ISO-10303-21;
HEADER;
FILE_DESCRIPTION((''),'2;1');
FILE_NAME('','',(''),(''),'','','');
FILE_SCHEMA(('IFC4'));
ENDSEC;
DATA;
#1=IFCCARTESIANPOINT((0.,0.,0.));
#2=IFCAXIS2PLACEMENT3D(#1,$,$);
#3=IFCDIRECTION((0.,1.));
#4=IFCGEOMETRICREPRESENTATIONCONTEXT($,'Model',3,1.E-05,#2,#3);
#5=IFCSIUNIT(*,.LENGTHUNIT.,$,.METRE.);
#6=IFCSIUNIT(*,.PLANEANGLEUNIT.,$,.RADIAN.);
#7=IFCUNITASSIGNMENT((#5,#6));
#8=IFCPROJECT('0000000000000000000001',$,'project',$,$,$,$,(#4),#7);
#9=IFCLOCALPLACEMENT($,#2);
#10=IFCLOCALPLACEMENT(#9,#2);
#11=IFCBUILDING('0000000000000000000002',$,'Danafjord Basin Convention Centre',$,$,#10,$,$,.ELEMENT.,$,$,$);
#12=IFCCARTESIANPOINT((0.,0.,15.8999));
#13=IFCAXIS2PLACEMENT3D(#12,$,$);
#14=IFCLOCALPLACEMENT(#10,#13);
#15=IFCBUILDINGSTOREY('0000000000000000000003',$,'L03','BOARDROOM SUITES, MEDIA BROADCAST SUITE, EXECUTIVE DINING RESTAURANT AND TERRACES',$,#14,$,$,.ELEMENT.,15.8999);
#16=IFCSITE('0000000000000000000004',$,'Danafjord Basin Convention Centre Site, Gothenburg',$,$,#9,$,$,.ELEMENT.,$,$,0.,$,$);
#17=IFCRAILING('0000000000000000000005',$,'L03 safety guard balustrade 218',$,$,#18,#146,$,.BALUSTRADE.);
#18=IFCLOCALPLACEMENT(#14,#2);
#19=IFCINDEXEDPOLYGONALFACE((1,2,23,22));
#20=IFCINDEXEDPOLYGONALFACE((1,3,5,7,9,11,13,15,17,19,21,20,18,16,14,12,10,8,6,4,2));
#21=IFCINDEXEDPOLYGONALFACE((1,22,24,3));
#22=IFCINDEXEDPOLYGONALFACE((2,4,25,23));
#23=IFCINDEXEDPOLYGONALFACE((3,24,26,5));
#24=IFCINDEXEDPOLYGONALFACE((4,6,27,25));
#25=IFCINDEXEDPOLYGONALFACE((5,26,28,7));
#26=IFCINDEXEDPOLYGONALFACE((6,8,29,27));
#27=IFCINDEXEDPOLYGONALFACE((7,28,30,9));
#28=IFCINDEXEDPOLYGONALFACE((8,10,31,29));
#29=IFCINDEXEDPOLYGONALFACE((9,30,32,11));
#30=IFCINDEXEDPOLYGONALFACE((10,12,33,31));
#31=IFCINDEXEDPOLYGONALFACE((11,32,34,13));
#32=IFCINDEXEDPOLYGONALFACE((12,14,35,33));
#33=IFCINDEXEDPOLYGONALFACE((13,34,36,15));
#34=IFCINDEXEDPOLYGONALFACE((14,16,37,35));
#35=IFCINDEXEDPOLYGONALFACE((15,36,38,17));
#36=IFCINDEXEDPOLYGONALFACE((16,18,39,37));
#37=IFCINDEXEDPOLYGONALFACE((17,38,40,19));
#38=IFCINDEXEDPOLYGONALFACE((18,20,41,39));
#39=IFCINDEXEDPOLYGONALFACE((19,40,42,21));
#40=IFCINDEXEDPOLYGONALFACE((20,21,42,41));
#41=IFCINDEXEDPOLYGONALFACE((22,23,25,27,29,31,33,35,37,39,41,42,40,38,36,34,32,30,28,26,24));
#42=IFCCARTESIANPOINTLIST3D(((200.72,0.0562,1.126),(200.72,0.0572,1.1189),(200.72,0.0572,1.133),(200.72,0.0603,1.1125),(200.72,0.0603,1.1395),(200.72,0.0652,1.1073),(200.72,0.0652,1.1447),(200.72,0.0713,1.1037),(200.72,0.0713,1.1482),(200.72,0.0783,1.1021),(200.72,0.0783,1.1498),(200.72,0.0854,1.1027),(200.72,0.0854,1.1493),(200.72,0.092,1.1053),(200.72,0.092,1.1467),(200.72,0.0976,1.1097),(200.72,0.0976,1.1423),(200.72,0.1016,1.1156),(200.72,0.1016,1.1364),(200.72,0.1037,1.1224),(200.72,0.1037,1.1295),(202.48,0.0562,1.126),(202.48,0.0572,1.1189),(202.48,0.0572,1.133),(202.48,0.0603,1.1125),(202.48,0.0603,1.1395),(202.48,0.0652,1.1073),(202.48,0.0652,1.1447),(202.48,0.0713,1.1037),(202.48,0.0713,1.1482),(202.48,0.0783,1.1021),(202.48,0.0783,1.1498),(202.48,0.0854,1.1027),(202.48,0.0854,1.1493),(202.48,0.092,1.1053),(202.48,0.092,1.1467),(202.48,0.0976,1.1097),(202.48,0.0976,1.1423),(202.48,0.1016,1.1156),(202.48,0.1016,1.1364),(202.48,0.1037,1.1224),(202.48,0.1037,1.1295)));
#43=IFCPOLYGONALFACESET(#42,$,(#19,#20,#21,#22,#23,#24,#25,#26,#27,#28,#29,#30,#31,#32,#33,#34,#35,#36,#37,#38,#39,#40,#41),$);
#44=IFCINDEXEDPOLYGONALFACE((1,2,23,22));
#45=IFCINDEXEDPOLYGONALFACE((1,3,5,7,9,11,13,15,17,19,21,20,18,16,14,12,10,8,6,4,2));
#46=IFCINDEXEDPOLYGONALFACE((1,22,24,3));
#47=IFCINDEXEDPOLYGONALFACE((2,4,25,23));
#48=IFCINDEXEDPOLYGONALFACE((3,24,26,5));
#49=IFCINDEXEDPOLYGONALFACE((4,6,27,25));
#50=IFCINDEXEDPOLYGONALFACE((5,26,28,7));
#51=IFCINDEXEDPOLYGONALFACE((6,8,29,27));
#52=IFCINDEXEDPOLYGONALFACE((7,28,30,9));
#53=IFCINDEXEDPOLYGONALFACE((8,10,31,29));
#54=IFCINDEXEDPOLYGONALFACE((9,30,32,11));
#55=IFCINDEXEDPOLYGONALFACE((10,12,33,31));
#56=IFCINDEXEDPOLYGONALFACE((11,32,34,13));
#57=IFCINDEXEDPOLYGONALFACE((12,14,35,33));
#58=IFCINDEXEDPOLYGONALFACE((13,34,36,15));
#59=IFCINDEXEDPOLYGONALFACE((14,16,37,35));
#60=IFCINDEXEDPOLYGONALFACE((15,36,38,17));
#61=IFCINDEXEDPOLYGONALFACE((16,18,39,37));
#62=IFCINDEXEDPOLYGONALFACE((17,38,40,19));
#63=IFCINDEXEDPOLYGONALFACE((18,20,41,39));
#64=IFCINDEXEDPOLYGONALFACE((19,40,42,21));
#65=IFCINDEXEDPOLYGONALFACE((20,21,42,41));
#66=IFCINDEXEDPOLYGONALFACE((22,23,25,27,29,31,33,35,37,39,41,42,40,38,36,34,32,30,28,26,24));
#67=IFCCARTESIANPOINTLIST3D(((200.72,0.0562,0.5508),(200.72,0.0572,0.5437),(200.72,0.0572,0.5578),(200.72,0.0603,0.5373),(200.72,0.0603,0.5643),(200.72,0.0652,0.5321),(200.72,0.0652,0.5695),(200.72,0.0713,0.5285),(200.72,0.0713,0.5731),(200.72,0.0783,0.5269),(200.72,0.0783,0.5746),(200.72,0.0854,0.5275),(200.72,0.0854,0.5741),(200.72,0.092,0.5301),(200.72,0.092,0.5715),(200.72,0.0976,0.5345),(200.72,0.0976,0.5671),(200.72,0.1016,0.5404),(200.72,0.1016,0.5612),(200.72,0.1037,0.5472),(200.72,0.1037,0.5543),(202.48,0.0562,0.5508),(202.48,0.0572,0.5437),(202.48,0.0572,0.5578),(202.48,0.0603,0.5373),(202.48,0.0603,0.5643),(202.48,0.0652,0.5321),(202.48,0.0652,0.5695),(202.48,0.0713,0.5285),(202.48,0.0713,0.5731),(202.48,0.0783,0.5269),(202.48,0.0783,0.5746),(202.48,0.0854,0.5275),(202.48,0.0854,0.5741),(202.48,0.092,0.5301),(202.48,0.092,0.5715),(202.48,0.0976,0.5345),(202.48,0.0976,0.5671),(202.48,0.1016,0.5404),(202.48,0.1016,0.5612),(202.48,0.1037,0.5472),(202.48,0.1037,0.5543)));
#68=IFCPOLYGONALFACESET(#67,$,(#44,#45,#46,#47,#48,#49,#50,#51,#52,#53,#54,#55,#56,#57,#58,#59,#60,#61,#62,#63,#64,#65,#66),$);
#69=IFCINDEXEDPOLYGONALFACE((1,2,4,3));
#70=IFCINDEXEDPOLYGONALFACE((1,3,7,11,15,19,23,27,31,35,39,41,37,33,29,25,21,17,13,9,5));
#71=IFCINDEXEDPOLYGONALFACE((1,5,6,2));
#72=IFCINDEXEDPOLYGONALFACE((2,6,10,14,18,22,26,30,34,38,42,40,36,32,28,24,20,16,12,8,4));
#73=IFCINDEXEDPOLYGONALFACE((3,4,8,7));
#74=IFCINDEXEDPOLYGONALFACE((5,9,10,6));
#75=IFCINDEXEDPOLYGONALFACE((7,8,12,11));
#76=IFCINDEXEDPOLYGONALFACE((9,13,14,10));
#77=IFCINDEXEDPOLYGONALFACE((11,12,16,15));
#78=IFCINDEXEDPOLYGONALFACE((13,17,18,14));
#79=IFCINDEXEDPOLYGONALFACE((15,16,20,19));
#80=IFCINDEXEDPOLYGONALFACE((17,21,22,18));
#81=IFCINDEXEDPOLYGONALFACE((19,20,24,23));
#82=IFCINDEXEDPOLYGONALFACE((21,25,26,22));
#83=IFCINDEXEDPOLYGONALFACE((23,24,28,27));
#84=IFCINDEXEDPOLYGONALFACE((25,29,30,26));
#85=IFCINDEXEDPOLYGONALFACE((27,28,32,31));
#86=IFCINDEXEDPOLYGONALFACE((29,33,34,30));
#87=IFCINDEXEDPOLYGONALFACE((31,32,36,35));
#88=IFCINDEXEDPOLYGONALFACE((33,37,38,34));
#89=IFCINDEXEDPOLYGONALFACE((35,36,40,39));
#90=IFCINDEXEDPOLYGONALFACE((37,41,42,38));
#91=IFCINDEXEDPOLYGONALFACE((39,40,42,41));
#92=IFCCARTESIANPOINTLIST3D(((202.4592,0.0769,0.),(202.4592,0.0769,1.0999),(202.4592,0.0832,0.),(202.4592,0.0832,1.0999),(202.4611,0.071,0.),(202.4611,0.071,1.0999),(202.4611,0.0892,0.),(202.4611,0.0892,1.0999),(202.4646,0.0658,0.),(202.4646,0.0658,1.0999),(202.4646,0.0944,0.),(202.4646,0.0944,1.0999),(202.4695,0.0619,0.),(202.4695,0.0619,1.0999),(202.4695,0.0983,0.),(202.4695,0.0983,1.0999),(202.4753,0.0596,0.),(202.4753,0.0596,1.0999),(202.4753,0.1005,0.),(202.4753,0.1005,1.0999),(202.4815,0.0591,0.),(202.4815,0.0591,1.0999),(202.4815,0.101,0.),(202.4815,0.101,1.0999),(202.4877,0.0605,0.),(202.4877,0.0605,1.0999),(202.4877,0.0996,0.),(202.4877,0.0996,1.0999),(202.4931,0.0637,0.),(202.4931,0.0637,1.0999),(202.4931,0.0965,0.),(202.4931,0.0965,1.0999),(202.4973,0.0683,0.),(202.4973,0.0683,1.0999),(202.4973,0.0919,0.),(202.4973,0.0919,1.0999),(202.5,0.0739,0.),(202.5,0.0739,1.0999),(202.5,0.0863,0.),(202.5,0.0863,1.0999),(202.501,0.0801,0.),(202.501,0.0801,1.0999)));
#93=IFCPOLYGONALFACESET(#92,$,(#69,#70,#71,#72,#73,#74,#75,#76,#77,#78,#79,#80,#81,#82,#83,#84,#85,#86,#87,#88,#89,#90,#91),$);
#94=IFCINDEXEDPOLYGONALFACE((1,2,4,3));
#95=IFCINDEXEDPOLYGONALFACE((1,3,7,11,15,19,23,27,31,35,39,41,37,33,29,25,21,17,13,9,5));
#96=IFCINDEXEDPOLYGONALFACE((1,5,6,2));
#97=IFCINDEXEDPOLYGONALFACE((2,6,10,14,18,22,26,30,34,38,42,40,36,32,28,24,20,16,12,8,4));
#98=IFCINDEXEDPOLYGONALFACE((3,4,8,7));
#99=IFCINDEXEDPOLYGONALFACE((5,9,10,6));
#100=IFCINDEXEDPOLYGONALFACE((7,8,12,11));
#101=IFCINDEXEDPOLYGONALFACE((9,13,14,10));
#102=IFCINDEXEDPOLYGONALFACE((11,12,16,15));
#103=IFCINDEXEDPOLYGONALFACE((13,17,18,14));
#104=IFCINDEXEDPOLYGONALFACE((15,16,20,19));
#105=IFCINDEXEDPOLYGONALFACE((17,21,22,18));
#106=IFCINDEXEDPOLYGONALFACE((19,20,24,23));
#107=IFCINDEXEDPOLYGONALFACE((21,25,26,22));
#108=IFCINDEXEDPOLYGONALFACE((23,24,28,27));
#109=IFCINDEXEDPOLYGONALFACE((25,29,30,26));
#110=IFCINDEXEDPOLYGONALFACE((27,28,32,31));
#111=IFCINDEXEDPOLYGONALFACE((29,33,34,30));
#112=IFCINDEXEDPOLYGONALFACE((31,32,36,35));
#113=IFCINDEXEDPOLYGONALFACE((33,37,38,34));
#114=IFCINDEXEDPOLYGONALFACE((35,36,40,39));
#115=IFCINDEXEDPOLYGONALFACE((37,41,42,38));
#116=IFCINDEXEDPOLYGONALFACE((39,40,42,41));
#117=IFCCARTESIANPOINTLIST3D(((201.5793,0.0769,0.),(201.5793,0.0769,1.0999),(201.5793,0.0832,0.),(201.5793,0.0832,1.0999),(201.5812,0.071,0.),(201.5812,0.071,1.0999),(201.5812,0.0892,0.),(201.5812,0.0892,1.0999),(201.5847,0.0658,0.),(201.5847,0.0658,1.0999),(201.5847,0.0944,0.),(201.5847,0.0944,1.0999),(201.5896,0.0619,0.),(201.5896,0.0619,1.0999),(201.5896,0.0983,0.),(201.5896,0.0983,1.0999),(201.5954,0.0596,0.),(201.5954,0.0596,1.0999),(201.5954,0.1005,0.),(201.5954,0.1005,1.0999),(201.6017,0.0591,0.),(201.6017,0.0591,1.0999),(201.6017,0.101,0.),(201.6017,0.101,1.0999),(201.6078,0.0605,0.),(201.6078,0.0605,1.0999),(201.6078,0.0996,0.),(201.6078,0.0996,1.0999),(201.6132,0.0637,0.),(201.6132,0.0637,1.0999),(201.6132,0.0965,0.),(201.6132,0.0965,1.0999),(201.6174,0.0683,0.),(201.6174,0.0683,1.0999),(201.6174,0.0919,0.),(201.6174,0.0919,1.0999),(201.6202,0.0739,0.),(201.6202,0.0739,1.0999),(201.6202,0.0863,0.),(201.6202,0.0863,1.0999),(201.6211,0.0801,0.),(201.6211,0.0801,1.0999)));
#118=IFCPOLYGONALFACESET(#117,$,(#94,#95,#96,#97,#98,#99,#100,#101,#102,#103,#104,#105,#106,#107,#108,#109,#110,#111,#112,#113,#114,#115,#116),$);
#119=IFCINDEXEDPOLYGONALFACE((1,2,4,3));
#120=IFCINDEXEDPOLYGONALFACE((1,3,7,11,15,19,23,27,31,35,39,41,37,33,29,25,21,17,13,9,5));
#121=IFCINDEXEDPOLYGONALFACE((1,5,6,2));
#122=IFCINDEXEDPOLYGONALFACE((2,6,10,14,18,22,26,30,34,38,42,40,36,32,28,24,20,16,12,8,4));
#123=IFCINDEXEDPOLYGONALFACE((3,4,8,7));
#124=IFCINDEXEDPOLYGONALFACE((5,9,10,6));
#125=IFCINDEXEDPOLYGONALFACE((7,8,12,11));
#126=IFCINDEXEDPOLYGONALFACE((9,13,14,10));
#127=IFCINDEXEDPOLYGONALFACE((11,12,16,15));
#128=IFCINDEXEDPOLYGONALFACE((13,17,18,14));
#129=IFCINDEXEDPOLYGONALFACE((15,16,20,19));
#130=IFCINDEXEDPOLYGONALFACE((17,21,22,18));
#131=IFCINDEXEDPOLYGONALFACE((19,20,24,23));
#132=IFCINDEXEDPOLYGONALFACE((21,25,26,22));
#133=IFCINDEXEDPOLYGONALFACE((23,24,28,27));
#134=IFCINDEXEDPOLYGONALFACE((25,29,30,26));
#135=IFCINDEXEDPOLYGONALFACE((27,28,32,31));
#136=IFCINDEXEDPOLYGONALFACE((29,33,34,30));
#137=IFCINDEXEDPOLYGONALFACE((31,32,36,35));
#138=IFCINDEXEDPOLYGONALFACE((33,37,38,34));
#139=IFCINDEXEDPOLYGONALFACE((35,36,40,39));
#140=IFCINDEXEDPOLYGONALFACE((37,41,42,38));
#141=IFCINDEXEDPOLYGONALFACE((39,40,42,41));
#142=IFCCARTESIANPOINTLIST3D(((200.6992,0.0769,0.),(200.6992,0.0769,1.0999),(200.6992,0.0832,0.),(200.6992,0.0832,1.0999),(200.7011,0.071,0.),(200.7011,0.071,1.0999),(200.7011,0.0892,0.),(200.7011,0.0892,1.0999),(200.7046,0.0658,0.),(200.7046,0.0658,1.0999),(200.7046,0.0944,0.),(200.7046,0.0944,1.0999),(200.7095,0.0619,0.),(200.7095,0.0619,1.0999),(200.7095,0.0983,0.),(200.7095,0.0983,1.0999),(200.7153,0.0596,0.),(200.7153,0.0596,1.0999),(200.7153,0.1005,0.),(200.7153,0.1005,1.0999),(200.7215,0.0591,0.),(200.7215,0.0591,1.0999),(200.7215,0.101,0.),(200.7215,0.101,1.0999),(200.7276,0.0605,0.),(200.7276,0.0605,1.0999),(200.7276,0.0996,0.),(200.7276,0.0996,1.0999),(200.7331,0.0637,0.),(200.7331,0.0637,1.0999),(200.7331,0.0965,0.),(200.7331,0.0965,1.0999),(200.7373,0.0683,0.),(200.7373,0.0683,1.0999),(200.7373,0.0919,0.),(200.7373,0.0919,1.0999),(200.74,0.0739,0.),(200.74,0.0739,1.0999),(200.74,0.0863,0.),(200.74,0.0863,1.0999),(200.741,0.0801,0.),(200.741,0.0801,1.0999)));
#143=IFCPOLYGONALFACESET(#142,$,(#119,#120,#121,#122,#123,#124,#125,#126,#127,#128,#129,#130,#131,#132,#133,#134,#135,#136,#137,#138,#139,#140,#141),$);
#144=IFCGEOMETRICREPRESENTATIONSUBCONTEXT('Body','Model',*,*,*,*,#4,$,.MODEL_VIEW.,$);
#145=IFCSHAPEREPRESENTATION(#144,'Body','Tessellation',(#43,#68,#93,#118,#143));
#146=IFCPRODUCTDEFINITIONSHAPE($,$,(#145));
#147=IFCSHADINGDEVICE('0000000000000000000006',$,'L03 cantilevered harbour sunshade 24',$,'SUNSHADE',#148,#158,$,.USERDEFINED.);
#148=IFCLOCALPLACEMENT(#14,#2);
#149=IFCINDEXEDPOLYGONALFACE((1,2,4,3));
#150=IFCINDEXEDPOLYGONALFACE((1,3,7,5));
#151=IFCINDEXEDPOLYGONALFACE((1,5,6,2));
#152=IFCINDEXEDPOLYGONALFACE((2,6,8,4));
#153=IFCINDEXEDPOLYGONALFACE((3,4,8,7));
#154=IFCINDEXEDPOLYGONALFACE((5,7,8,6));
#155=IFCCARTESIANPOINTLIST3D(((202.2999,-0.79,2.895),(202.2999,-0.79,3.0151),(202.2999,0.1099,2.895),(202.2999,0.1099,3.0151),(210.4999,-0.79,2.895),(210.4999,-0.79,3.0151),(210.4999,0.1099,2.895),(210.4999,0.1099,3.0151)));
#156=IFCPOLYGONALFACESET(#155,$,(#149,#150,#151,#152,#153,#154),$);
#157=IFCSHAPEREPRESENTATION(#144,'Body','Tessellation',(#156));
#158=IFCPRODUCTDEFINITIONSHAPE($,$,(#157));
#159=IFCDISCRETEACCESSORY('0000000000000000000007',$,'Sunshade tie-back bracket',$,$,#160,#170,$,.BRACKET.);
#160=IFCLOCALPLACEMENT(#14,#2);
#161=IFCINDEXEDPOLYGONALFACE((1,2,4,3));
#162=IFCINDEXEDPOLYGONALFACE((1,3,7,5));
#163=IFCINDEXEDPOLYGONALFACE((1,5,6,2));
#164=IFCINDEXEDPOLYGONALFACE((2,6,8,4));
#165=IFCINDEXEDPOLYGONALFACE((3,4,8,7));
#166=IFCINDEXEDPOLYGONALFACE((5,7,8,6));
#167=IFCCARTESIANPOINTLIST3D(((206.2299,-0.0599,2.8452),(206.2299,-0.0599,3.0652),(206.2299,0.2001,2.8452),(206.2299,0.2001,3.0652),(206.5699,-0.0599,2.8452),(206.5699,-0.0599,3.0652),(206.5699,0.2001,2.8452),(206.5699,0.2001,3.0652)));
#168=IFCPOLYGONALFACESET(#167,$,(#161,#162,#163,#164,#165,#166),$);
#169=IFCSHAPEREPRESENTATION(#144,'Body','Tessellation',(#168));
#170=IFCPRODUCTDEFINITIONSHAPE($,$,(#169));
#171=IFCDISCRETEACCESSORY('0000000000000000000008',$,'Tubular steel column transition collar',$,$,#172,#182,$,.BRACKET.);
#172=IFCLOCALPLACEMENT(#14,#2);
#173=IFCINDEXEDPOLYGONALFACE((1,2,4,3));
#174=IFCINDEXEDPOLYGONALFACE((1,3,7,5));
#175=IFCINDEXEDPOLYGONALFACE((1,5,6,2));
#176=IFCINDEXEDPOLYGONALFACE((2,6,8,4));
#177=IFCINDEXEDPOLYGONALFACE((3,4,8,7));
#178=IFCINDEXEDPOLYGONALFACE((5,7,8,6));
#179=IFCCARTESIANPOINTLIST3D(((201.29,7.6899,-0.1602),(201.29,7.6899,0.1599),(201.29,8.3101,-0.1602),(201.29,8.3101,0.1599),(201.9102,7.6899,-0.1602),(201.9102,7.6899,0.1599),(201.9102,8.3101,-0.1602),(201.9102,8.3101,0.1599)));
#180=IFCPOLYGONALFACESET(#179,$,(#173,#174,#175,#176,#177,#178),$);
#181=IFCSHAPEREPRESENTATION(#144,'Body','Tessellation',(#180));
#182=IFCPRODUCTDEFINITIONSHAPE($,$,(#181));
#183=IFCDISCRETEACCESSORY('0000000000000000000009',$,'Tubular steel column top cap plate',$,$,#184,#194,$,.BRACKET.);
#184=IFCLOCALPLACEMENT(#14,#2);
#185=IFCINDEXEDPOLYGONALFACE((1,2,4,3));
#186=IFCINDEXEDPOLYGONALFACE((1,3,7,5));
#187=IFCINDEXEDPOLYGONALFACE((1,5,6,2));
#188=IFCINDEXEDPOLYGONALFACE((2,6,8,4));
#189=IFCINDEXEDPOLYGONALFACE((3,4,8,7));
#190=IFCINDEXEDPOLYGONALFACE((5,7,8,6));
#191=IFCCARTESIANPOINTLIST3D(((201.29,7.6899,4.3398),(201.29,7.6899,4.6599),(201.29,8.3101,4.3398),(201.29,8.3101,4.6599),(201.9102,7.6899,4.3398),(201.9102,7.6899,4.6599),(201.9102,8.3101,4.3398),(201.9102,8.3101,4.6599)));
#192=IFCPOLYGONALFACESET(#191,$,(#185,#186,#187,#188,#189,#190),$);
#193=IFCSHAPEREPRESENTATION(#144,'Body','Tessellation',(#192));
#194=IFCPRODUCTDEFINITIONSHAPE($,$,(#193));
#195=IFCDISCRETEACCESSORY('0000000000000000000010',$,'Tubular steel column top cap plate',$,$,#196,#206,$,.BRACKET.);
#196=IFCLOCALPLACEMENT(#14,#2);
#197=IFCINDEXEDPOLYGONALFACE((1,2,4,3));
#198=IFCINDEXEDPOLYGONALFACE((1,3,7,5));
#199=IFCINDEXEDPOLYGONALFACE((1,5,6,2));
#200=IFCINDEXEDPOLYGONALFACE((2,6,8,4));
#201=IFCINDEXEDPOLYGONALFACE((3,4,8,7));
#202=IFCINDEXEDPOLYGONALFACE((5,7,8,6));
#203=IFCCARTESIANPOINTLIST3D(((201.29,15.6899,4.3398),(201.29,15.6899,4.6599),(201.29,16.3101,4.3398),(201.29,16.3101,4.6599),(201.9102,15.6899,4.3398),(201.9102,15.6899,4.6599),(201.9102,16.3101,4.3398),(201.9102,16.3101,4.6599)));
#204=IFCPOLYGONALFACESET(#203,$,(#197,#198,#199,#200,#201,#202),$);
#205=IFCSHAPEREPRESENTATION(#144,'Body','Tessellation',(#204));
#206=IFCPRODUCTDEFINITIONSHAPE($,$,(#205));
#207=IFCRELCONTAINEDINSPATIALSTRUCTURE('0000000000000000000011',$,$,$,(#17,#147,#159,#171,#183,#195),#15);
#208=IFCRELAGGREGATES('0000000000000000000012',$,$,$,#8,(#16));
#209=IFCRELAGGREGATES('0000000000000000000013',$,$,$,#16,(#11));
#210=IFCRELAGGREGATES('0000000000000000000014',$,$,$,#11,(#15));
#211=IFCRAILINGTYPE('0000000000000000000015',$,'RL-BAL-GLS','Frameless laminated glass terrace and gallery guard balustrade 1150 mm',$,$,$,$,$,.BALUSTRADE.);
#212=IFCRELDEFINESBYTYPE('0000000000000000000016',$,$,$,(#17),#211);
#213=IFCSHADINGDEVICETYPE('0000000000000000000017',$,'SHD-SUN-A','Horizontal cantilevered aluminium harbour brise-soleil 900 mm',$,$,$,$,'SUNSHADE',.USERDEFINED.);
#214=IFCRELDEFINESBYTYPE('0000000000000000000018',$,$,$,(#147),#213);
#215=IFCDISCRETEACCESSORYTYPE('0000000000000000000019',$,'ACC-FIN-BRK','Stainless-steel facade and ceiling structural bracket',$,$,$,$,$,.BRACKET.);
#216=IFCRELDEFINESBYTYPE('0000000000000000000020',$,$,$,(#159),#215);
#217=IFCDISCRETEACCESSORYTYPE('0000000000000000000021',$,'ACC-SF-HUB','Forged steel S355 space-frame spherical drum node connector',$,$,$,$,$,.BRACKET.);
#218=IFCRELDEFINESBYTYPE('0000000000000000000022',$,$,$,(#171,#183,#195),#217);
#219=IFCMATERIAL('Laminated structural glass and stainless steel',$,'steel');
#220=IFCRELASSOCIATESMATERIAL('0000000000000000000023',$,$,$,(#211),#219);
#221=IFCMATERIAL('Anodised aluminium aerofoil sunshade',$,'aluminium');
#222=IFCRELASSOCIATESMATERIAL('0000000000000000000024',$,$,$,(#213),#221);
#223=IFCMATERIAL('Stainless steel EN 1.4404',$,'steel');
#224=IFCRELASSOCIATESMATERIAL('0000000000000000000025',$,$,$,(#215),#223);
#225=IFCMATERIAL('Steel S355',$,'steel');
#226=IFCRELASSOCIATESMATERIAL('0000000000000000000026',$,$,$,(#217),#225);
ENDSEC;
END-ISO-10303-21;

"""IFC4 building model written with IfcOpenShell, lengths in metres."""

from ifc_helpers import new_model, si_unit, direction, frame, origin, origin_2d, place, context, subcontext, project, spatial, rectangle, circle, extrude, material, type_object, element, save


model = new_model("IFC4")

# Units and contexts
model_context = context("Model", 3, precision=1e-05, world=origin(), true_north=direction((0.0, 1.0)))
body_context = subcontext(model_context, "Body", "Model", "MODEL_VIEW")
ifc_project = project(units=[si_unit("LENGTHUNIT", "METRE"), si_unit("PLANEANGLEUNIT", "RADIAN")], contexts=[model_context])

# Site, building, storey
site_placement = place(None, origin())
site = spatial("IfcSite", under=ifc_project, at=site_placement, Name="Danafjord Basin Convention Centre Site, Gothenburg", CompositionType="ELEMENT", RefElevation=0.0)
building_placement = place(site_placement, origin())
building = spatial("IfcBuilding", under=site, at=building_placement, Name="Danafjord Basin Convention Centre", CompositionType="ELEMENT")
storey_placement = place(building_placement, frame((0.0, 0.0, 15.8999)))
storey = spatial("IfcBuildingStorey", under=building, at=storey_placement, Name="L03", Description="BOARDROOM SUITES, MEDIA BROADCAST SUITE, EXECUTIVE DINING RESTAURANT AND TERRACES", CompositionType="ELEMENT", Elevation=15.8999)

# Shared definitions
ifc_material_1 = material(Name="Steel S355", Category="steel")

# Railing
ifc_material_2 = material(Name="Laminated structural glass and stainless steel", Category="steel")
railing_type = type_object("IfcRailingType", Name="RL-BAL-GLS", Description="Frameless laminated glass terrace and gallery guard balustrade 1150 mm", PredefinedType="BALUSTRADE", material=ifc_material_2)
railing_placement = place(storey_placement, frame((202.48, 0.0801, 0.0)))
element("IfcRailing", 1, at=railing_placement, inside=storey, type_object=railing_type, Name="L03 safety guard balustrade 218", PredefinedType="BALUSTRADE", context=body_context, shape_type="SweptSolid", body=[
    extrude(circle(Radius=0.0239, at=origin_2d()), frame((0.0, 0.0, 1.126), z_axis=(-1.0, 0.0, 0.0), x_axis=(0.0, -1.0, 0.0)), (0.0, 0.0, 1.0), 1.76),
    extrude(circle(Radius=0.0239, at=origin_2d()), frame((0.0, 0.0, 0.5508), z_axis=(-1.0, 0.0, 0.0), x_axis=(0.0, -1.0, 0.0)), (0.0, 0.0, 1.0), 1.76),
    extrude(circle(Radius=0.021, at=origin_2d()), origin(), (0.0, 0.0, 1.0), 1.0999),
    extrude(circle(Radius=0.021, at=origin_2d()), frame((-0.8799, 0.0, 0.0)), (0.0, 0.0, 1.0), 1.0999),
    extrude(circle(Radius=0.021, at=origin_2d()), frame((-1.76, 0.0, 0.0)), (0.0, 0.0, 1.0), 1.0999),
])

# Shading device
ifc_material_3 = material(Name="Anodised aluminium aerofoil sunshade", Category="aluminium")
shading_device_type = type_object("IfcShadingDeviceType", Name="SHD-SUN-A", Description="Horizontal cantilevered aluminium harbour brise-soleil 900 mm", ElementType="SUNSHADE", PredefinedType="USERDEFINED", material=ifc_material_3)
shading_device_placement = place(storey_placement, frame((206.3999, -0.3401, 2.895), z_axis=(0.0, 0.0, 1.0), x_axis=(1.0, 0.0, 0.0)))
element("IfcShadingDevice", 2, at=shading_device_placement, inside=storey, type_object=shading_device_type, Name="L03 cantilevered harbour sunshade 24", ObjectType="SUNSHADE", PredefinedType="USERDEFINED", context=body_context, shape_type="SweptSolid", body=[
    extrude(rectangle(XDim=8.2, YDim=0.8999, at=origin_2d()), origin(), (0.0, 0.0, 1.0), 0.1201),
])

# Discrete accessories
ifc_material_4 = material(Name="Stainless steel EN 1.4404", Category="steel")
discrete_accessory_type_1 = type_object("IfcDiscreteAccessoryType", Name="ACC-FIN-BRK", Description="Stainless-steel facade and ceiling structural bracket", PredefinedType="BRACKET", material=ifc_material_4)
discrete_accessory_placement = place(storey_placement, frame((206.3999, 0.0701, 2.8452), z_axis=(0.0, 0.0, 1.0), x_axis=(1.0, 0.0, 0.0)))
element("IfcDiscreteAccessory", 3, at=discrete_accessory_placement, inside=storey, type_object=discrete_accessory_type_1, Name="Sunshade tie-back bracket", PredefinedType="BRACKET", context=body_context, shape_type="SweptSolid", body=[
    extrude(rectangle(XDim=0.3401, YDim=0.26, at=origin_2d()), origin(), (0.0, 0.0, 1.0), 0.22),
])
discrete_accessory_type_2 = type_object("IfcDiscreteAccessoryType", Name="ACC-SF-HUB", Description="Forged steel S355 space-frame spherical drum node connector", PredefinedType="BRACKET", material=ifc_material_1)
for number, where, z_axis, x_axis, name in (
    (4, (201.6001, 8.0, -0.1602), (0.0, 0.0, 1.0), (1.0, 0.0, 0.0), "Tubular steel column transition collar"),
    (5, (201.6001, 8.0, 4.3398), (0.0, 0.0, 1.0), (1.0, 0.0, 0.0), "Tubular steel column top cap plate"),
    (6, (201.6001, 16.0, 4.3398), (0.0, 0.0, 1.0), (1.0, 0.0, 0.0), "Tubular steel column top cap plate"),
):
    element("IfcDiscreteAccessory", number, at=place(storey_placement, frame(where, z_axis=z_axis, x_axis=x_axis)), inside=storey, type_object=discrete_accessory_type_2, Name=name, PredefinedType="BRACKET", context=body_context, shape_type="SweptSolid", body=[
        extrude(rectangle(XDim=0.6201, YDim=0.6201, at=origin_2d()), origin(), (0.0, 0.0, 1.0), 0.3201),
    ])

save(model, "model.ifc")
